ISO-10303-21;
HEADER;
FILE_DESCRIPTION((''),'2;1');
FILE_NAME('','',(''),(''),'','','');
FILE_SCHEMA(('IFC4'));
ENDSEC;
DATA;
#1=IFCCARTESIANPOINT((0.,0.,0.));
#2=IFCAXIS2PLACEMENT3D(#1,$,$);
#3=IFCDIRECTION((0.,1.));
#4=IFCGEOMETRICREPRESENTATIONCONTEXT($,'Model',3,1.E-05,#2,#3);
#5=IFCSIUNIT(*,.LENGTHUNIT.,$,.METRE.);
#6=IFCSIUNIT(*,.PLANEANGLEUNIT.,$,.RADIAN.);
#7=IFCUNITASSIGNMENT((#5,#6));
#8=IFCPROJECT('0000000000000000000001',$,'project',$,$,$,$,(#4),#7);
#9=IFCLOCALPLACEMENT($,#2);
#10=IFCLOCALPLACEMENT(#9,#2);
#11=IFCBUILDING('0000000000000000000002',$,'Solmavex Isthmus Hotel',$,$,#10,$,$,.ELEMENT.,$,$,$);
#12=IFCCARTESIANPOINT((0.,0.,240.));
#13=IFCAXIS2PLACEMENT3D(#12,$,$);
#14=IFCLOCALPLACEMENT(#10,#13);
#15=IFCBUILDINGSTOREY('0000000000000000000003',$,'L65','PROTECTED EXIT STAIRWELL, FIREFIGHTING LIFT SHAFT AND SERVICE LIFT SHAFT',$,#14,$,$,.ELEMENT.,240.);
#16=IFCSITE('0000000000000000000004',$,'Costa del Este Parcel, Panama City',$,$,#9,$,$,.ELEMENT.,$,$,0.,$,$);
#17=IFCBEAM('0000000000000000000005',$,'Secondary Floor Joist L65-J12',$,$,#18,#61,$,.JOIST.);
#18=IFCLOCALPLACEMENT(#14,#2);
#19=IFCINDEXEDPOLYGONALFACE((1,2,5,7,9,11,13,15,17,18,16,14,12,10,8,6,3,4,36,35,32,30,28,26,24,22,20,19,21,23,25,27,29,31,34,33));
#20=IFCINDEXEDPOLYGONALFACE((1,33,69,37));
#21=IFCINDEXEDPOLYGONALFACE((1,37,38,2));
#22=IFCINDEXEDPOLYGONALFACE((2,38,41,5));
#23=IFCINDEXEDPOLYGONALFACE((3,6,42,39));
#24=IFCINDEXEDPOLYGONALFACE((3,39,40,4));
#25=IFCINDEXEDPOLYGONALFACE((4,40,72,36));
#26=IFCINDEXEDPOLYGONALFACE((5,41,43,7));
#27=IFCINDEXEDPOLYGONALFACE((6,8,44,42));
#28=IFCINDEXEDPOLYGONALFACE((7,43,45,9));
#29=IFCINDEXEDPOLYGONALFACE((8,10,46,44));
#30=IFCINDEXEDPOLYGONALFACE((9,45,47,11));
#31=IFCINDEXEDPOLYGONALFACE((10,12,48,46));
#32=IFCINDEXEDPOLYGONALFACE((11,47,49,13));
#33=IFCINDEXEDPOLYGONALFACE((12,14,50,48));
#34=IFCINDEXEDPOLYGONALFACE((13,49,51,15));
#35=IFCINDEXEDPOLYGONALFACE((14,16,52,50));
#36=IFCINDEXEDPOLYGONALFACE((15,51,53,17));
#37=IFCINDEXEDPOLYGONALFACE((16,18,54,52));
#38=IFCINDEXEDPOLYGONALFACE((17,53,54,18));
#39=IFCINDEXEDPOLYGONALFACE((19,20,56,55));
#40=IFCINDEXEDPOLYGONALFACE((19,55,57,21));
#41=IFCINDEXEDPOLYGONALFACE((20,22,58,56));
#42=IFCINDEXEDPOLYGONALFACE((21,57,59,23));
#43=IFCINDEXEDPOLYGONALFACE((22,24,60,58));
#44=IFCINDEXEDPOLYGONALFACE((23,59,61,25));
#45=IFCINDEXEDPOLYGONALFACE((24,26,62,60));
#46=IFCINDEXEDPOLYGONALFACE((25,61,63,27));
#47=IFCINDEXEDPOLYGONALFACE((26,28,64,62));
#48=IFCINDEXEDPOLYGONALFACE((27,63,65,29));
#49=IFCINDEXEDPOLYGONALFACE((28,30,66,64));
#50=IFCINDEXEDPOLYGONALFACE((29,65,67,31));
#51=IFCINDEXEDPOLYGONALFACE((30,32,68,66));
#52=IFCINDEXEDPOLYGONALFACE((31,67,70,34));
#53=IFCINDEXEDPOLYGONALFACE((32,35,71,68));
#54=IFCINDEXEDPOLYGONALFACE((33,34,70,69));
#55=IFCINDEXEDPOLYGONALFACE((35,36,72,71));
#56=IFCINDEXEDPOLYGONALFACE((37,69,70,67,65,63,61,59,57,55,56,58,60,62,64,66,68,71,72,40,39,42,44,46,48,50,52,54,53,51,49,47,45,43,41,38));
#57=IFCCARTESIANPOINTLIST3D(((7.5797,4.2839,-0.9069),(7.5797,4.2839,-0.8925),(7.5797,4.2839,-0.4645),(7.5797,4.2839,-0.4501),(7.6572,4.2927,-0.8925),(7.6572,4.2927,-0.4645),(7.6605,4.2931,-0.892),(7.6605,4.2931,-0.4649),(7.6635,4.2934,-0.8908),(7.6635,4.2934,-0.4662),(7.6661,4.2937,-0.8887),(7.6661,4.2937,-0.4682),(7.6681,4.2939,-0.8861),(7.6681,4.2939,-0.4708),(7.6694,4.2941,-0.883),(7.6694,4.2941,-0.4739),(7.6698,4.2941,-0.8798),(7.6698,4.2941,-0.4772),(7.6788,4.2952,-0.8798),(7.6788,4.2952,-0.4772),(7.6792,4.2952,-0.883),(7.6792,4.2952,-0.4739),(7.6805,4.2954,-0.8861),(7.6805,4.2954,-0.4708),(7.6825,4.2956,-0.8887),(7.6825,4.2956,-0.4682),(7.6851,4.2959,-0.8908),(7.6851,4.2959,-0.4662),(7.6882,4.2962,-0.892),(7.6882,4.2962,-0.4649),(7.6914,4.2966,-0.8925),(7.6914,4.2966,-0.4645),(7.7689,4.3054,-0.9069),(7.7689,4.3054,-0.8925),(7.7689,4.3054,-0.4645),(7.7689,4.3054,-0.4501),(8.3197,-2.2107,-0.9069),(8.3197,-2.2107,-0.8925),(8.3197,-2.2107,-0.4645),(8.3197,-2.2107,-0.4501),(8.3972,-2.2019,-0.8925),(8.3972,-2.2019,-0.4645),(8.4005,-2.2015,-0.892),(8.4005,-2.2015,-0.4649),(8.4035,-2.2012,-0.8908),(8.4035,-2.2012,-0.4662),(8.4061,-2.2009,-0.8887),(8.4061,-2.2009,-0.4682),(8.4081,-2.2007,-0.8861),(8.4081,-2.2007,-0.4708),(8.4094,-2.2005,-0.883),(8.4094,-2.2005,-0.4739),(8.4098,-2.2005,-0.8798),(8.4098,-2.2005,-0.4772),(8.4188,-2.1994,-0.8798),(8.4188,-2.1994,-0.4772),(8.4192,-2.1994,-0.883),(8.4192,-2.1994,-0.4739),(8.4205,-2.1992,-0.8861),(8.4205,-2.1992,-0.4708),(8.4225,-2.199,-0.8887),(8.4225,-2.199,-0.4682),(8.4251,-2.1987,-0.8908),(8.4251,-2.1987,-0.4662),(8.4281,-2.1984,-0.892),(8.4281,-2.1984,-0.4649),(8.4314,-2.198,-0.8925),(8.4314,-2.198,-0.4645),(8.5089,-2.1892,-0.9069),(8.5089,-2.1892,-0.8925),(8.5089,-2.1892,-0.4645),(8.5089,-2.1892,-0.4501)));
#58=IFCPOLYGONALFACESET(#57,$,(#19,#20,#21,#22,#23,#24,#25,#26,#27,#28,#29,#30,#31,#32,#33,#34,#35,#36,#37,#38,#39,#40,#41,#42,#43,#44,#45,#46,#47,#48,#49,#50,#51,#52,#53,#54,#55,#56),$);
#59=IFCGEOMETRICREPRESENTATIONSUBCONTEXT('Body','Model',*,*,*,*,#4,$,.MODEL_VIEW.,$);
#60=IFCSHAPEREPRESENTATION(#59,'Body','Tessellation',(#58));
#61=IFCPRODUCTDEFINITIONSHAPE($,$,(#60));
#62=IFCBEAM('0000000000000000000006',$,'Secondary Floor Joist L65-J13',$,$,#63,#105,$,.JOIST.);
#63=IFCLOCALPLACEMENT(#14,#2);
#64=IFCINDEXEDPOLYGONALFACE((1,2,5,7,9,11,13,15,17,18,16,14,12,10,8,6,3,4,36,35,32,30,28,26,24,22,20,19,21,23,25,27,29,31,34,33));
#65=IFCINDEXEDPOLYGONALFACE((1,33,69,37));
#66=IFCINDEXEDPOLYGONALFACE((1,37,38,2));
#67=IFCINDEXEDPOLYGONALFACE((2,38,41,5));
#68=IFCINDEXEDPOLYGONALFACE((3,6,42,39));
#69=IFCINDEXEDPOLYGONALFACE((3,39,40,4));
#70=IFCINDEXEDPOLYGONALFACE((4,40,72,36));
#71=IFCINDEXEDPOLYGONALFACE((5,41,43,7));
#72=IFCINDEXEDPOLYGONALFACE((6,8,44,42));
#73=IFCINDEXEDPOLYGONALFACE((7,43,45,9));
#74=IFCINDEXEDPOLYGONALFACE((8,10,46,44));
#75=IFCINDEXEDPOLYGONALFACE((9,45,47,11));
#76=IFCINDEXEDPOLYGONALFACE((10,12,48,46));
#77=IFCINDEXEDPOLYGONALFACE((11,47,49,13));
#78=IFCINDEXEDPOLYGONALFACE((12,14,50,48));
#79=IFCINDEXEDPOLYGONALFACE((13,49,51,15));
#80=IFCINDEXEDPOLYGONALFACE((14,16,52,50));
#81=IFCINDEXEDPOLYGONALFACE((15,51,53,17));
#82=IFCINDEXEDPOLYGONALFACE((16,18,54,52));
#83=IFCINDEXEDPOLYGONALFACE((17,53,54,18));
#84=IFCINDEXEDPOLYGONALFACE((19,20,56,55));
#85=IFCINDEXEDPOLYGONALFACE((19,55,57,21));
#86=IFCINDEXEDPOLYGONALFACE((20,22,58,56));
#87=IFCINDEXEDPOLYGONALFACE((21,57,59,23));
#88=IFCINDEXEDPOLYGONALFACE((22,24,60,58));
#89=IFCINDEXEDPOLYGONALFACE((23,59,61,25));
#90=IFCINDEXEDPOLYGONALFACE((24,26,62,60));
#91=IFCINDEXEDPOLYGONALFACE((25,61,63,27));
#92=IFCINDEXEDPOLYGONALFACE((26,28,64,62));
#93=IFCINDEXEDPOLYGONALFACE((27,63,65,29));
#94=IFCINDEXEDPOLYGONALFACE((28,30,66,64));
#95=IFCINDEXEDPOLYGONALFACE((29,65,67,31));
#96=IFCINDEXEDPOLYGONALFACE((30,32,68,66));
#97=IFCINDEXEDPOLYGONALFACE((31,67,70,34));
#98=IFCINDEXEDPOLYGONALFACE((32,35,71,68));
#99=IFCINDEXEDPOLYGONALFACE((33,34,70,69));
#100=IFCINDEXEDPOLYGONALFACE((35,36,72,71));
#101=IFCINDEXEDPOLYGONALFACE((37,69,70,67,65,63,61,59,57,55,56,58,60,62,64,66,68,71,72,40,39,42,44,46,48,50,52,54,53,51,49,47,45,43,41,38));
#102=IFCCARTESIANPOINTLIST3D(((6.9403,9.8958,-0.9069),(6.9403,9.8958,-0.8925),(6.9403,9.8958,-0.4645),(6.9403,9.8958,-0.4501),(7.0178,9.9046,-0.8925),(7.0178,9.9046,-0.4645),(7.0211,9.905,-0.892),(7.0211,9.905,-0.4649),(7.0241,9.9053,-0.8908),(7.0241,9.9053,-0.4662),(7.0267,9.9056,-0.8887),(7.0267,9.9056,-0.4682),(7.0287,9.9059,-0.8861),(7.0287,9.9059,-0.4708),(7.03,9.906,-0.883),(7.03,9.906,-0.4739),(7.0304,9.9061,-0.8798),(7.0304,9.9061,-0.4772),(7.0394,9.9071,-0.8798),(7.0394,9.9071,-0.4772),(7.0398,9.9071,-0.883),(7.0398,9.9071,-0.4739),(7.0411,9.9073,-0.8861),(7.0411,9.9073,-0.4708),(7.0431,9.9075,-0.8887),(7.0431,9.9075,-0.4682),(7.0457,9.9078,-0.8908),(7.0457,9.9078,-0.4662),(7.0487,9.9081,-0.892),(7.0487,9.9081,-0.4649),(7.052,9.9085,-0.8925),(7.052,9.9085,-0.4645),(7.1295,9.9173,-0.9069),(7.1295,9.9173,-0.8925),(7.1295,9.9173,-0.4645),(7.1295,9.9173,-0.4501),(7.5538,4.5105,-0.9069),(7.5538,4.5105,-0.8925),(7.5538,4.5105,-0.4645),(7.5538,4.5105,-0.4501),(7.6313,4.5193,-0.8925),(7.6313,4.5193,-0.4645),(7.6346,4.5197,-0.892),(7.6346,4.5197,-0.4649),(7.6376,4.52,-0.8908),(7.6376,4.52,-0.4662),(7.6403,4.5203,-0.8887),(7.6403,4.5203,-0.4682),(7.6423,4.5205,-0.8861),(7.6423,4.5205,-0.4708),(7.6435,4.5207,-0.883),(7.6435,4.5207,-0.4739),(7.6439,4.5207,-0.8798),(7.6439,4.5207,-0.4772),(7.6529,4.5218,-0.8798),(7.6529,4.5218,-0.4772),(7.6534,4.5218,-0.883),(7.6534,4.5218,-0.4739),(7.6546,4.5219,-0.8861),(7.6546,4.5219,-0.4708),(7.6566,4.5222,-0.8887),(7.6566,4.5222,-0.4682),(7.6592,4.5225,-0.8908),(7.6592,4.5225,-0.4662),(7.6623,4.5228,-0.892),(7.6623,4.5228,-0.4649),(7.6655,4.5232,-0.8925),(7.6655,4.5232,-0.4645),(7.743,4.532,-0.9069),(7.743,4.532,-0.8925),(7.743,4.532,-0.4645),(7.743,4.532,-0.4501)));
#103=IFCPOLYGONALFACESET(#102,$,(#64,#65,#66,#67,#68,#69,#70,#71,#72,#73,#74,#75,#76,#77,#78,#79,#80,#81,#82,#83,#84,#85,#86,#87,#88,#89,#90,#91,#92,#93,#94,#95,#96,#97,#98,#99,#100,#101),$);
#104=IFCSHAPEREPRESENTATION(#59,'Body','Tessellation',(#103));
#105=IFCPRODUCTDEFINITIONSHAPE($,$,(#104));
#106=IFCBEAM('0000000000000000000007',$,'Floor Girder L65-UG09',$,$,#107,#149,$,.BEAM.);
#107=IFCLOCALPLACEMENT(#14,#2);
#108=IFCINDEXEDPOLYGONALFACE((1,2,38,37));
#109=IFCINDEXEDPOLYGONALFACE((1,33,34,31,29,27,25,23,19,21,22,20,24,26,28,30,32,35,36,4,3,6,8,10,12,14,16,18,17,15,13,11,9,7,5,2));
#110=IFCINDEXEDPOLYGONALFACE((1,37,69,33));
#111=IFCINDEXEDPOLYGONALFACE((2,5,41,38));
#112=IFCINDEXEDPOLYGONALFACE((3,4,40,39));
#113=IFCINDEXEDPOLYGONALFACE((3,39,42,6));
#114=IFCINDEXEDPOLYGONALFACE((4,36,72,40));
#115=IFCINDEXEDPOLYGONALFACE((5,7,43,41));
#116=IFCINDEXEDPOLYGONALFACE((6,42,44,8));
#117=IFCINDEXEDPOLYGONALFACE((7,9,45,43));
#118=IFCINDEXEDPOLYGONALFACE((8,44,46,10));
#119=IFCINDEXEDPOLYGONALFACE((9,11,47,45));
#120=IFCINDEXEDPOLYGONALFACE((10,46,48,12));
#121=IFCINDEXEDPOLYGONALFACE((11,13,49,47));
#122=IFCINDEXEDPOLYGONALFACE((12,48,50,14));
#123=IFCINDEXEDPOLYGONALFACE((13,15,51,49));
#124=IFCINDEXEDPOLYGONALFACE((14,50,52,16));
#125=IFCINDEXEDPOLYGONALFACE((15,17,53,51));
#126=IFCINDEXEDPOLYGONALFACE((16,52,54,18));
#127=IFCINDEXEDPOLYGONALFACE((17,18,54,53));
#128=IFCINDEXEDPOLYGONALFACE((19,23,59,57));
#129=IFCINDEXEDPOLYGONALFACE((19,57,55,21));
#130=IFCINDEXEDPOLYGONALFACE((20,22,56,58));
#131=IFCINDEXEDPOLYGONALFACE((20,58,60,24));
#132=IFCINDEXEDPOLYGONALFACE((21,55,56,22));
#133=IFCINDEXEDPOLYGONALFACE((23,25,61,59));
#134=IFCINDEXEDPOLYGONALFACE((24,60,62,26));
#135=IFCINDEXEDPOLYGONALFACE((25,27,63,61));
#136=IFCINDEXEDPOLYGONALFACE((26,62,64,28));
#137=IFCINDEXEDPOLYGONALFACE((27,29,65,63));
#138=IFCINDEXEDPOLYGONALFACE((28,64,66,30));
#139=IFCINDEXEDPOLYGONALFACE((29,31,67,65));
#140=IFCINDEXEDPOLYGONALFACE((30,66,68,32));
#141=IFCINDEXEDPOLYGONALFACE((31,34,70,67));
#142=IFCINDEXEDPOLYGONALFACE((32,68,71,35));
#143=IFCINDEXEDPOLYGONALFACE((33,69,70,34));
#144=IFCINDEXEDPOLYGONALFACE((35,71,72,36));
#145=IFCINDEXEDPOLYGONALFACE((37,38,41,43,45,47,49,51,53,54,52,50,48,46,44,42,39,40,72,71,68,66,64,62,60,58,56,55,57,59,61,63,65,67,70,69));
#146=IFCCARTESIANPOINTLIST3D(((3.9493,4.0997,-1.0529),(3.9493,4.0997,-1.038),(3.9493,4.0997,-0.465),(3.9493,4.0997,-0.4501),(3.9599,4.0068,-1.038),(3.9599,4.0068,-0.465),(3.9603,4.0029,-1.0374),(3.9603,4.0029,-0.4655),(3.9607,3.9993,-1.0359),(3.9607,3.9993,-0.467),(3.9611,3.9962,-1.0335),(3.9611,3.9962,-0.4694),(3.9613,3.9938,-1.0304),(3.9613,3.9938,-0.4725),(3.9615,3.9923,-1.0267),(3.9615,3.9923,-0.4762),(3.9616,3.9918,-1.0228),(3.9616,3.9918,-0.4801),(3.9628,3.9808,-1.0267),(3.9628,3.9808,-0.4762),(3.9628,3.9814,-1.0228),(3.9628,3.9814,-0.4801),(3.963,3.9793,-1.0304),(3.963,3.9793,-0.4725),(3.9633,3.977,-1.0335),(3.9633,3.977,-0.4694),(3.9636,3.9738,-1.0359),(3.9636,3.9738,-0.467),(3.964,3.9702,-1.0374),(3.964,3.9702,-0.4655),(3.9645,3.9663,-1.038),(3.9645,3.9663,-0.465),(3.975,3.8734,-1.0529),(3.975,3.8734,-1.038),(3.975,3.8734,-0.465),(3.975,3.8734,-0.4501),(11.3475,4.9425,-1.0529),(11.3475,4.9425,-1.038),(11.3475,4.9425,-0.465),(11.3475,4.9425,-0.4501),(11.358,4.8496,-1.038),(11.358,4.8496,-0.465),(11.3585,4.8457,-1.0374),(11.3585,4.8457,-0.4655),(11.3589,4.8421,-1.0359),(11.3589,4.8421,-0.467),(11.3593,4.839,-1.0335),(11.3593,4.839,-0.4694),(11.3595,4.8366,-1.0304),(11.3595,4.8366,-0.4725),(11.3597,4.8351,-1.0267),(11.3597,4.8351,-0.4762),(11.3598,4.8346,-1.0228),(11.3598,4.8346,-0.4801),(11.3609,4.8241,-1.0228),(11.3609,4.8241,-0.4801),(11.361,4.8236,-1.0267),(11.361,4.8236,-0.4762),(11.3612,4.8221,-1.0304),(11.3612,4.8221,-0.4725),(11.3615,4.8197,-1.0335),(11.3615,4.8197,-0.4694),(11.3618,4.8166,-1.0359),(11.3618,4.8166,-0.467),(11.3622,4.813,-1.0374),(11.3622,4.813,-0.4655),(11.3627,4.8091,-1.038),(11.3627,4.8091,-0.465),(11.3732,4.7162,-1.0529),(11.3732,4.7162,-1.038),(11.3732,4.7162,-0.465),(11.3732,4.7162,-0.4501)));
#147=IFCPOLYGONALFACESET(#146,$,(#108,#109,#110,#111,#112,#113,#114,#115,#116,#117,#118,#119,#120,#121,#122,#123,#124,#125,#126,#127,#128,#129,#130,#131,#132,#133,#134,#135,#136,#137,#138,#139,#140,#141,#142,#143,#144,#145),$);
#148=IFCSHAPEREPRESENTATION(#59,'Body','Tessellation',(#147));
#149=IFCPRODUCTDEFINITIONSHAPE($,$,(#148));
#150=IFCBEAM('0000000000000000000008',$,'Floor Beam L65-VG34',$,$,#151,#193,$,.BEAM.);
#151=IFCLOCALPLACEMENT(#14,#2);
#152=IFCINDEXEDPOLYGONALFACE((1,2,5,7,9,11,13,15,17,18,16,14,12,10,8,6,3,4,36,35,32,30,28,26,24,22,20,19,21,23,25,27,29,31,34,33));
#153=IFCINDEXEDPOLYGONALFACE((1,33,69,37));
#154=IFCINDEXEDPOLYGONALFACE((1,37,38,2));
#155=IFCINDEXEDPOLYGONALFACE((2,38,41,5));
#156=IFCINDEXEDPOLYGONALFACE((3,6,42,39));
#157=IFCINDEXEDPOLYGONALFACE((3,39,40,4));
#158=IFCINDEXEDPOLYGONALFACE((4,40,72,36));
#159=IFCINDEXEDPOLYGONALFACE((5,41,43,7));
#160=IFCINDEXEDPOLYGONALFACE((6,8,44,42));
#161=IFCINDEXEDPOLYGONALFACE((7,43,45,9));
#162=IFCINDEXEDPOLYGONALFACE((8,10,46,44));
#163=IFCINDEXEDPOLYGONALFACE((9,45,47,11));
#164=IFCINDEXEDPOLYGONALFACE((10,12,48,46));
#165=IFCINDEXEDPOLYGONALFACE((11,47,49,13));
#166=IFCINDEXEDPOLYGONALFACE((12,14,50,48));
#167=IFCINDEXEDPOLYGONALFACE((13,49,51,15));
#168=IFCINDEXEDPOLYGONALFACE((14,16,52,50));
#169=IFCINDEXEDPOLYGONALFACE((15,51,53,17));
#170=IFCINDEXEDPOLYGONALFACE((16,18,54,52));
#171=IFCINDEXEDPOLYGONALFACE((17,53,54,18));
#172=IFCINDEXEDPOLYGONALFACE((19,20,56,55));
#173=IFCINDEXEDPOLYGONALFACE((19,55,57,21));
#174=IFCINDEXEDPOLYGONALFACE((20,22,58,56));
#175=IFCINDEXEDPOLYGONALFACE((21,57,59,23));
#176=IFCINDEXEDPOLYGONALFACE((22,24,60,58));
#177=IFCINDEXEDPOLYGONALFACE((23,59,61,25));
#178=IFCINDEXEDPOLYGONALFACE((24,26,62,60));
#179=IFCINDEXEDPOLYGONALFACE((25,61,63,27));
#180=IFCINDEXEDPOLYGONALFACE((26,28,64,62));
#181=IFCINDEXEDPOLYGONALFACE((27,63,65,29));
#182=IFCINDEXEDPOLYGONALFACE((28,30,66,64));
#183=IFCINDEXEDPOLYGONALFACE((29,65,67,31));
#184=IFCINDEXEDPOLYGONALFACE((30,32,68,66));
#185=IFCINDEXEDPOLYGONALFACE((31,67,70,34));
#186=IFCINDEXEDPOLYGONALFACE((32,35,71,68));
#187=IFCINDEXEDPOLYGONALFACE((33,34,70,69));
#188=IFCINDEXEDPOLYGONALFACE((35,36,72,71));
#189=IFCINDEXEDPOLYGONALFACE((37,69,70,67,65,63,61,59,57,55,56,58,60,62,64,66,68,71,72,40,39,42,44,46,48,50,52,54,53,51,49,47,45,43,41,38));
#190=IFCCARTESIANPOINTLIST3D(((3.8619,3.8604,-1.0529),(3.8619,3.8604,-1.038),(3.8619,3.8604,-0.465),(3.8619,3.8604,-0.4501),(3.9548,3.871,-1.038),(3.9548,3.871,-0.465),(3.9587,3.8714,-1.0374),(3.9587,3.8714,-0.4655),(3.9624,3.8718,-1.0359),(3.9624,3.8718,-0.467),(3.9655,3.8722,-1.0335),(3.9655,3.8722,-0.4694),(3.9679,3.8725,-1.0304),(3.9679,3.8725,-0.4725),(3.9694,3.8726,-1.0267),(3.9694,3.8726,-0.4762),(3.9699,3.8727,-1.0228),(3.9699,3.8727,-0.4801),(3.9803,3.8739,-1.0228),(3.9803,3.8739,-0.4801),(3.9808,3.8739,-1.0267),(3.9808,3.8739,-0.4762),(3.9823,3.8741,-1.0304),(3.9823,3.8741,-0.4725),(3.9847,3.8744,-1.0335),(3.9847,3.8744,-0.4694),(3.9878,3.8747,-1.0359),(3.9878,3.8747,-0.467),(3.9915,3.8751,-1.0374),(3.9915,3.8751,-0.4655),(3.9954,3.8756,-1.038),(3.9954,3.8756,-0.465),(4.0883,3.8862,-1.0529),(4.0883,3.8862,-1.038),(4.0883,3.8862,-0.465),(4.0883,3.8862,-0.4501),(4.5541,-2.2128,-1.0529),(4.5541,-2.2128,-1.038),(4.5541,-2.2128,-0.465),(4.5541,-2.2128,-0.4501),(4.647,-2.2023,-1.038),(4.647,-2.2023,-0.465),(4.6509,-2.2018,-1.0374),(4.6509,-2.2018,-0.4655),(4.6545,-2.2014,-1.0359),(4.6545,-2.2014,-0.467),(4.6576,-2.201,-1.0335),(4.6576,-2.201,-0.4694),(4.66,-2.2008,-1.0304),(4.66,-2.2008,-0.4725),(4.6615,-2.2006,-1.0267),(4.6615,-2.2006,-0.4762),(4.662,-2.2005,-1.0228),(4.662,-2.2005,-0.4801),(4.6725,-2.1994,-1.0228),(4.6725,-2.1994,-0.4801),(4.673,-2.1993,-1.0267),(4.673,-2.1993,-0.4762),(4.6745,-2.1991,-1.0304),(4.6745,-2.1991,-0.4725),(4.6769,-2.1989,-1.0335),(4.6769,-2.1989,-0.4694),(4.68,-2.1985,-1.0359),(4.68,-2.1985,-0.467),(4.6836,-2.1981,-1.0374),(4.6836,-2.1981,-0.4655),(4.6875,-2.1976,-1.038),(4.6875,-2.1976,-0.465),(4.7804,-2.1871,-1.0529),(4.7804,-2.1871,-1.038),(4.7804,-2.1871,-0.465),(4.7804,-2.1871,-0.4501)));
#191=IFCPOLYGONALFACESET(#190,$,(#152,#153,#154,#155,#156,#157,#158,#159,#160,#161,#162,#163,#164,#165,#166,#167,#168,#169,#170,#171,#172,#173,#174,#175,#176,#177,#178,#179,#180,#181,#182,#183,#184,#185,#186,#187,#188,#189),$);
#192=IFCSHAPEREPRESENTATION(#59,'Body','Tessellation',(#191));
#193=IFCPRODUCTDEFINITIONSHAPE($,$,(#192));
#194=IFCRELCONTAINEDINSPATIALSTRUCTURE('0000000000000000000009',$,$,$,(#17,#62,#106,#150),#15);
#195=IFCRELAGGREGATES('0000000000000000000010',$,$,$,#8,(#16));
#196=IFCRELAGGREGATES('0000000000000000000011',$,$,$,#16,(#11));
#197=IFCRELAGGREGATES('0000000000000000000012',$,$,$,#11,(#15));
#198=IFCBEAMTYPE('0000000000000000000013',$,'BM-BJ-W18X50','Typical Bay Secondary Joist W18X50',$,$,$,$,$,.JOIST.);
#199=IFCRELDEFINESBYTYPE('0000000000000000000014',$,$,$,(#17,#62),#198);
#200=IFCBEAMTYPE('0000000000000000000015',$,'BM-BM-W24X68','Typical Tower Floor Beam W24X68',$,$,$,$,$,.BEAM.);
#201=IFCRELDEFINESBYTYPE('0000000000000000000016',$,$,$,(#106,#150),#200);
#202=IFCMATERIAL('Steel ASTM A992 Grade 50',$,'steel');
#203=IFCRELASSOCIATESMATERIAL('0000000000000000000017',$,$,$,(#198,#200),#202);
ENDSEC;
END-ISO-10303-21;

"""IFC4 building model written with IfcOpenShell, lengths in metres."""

from ifc_helpers import new_model, si_unit, direction, frame, origin, origin_2d, place, context, subcontext, project, spatial, i_section, extrude, material, material_profile, profile_set, type_object, element, save


model = new_model("IFC4")

# Units and contexts
model_context = context("Model", 3, precision=1e-05, world=origin(), true_north=direction((0.0, 1.0)))
body_context = subcontext(model_context, "Body", "Model", "MODEL_VIEW")
ifc_project = project(units=[si_unit("LENGTHUNIT", "METRE"), si_unit("PLANEANGLEUNIT", "RADIAN")], contexts=[model_context])

# Site, building, storey
site_placement = place(None, origin())
site = spatial("IfcSite", under=ifc_project, at=site_placement, Name="Costa del Este Parcel, Panama City", CompositionType="ELEMENT", RefElevation=0.0)
building_placement = place(site_placement, origin())
building = spatial("IfcBuilding", under=site, at=building_placement, Name="Solmavex Isthmus Hotel", CompositionType="ELEMENT")
storey_placement = place(building_placement, frame((0.0, 0.0, 240.0)))
storey = spatial("IfcBuildingStorey", under=building, at=storey_placement, Name="L65", Description="PROTECTED EXIT STAIRWELL, FIREFIGHTING LIFT SHAFT AND SERVICE LIFT SHAFT", CompositionType="ELEMENT", Elevation=240.0)

# Beams
ifc_material_1 = material(Name="Steel ASTM A992 Grade 50", Category="steel")
ifc_material_profile_1 = material_profile(ifc_material_1, i_section(OverallWidth=0.1904, OverallDepth=0.4568, WebThickness=0.009, FlangeThickness=0.0144, FilletRadius=0.0127, at=origin_2d()), Name="W18X50")
ifc_profile_set_1 = profile_set([ifc_material_profile_1], Name="Steel ASTM A992 Grade 50")
beam_type_1 = type_object("IfcBeamType", Name="BM-BJ-W18X50", Description="Typical Bay Secondary Joist W18X50", PredefinedType="JOIST", material=ifc_profile_set_1)
beam_1_placement = place(storey_placement, frame((8.4143, -2.2, -0.6785), z_axis=(-0.113206, 0.993571, 0.0), x_axis=(-0.993571, -0.113206, 0.0)))
element("IfcBeam", 1, at=beam_1_placement, inside=storey, type_object=beam_type_1, Name="Secondary Floor Joist L65-J12", PredefinedType="JOIST", context=body_context, shape_type="SweptSolid", body=[
    extrude(i_section(OverallWidth=0.1904, OverallDepth=0.4568, WebThickness=0.009, FlangeThickness=0.0144, FilletRadius=0.0127, at=origin_2d()), origin(), (0.0, 0.0, 1.0), 6.5366),
])
beam_2_placement = place(storey_placement, frame((7.6484, 4.5212, -0.6785), z_axis=(-0.113195, 0.993573, 0.0), x_axis=(-0.993573, -0.113195, 0.0)))
element("IfcBeam", 2, at=beam_2_placement, inside=storey, type_object=beam_type_1, Name="Secondary Floor Joist L65-J13", PredefinedType="JOIST", context=body_context, shape_type="SweptSolid", body=[
    extrude(i_section(OverallWidth=0.1904, OverallDepth=0.4568, WebThickness=0.009, FlangeThickness=0.0144, FilletRadius=0.0127, at=origin_2d()), origin(), (0.0, 0.0, 1.0), 5.4202),
])
ifc_material_profile_2 = material_profile(ifc_material_1, i_section(OverallWidth=0.2278, OverallDepth=0.6028, WebThickness=0.0105, FlangeThickness=0.0149, FilletRadius=0.0151, at=origin_2d()), Name="W24X68")
ifc_profile_set_2 = profile_set([ifc_material_profile_2], Name="Steel ASTM A992 Grade 50")
beam_type_2 = type_object("IfcBeamType", Name="BM-BM-W24X68", Description="Typical Tower Floor Beam W24X68", PredefinedType="BEAM", material=ifc_profile_set_2)
beam_3_placement = place(storey_placement, frame((3.9622, 3.9866, -0.7515), z_axis=(0.993574, 0.113184, 0.0), x_axis=(-0.113184, 0.993574, 0.0)))
element("IfcBeam", 3, at=beam_3_placement, inside=storey, type_object=beam_type_2, Name="Floor Girder L65-UG09", PredefinedType="BEAM", context=body_context, shape_type="SweptSolid", body=[
    extrude(i_section(OverallWidth=0.2278, OverallDepth=0.6028, WebThickness=0.0105, FlangeThickness=0.0149, FilletRadius=0.0151, at=origin_2d()), origin(), (0.0, 0.0, 1.0), 7.446),
])
beam_4_placement = place(storey_placement, frame((4.6672, -2.2, -0.7515), z_axis=(-0.113232, 0.993569, 0.0), x_axis=(-0.993569, -0.113232, 0.0)))
element("IfcBeam", 4, at=beam_4_placement, inside=storey, type_object=beam_type_2, Name="Floor Beam L65-VG34", PredefinedType="BEAM", context=body_context, shape_type="SweptSolid", body=[
    extrude(i_section(OverallWidth=0.2278, OverallDepth=0.6028, WebThickness=0.0105, FlangeThickness=0.0149, FilletRadius=0.0151, at=origin_2d()), origin(), (0.0, 0.0, 1.0), 6.1125),
])

save(model, "model.ifc")
